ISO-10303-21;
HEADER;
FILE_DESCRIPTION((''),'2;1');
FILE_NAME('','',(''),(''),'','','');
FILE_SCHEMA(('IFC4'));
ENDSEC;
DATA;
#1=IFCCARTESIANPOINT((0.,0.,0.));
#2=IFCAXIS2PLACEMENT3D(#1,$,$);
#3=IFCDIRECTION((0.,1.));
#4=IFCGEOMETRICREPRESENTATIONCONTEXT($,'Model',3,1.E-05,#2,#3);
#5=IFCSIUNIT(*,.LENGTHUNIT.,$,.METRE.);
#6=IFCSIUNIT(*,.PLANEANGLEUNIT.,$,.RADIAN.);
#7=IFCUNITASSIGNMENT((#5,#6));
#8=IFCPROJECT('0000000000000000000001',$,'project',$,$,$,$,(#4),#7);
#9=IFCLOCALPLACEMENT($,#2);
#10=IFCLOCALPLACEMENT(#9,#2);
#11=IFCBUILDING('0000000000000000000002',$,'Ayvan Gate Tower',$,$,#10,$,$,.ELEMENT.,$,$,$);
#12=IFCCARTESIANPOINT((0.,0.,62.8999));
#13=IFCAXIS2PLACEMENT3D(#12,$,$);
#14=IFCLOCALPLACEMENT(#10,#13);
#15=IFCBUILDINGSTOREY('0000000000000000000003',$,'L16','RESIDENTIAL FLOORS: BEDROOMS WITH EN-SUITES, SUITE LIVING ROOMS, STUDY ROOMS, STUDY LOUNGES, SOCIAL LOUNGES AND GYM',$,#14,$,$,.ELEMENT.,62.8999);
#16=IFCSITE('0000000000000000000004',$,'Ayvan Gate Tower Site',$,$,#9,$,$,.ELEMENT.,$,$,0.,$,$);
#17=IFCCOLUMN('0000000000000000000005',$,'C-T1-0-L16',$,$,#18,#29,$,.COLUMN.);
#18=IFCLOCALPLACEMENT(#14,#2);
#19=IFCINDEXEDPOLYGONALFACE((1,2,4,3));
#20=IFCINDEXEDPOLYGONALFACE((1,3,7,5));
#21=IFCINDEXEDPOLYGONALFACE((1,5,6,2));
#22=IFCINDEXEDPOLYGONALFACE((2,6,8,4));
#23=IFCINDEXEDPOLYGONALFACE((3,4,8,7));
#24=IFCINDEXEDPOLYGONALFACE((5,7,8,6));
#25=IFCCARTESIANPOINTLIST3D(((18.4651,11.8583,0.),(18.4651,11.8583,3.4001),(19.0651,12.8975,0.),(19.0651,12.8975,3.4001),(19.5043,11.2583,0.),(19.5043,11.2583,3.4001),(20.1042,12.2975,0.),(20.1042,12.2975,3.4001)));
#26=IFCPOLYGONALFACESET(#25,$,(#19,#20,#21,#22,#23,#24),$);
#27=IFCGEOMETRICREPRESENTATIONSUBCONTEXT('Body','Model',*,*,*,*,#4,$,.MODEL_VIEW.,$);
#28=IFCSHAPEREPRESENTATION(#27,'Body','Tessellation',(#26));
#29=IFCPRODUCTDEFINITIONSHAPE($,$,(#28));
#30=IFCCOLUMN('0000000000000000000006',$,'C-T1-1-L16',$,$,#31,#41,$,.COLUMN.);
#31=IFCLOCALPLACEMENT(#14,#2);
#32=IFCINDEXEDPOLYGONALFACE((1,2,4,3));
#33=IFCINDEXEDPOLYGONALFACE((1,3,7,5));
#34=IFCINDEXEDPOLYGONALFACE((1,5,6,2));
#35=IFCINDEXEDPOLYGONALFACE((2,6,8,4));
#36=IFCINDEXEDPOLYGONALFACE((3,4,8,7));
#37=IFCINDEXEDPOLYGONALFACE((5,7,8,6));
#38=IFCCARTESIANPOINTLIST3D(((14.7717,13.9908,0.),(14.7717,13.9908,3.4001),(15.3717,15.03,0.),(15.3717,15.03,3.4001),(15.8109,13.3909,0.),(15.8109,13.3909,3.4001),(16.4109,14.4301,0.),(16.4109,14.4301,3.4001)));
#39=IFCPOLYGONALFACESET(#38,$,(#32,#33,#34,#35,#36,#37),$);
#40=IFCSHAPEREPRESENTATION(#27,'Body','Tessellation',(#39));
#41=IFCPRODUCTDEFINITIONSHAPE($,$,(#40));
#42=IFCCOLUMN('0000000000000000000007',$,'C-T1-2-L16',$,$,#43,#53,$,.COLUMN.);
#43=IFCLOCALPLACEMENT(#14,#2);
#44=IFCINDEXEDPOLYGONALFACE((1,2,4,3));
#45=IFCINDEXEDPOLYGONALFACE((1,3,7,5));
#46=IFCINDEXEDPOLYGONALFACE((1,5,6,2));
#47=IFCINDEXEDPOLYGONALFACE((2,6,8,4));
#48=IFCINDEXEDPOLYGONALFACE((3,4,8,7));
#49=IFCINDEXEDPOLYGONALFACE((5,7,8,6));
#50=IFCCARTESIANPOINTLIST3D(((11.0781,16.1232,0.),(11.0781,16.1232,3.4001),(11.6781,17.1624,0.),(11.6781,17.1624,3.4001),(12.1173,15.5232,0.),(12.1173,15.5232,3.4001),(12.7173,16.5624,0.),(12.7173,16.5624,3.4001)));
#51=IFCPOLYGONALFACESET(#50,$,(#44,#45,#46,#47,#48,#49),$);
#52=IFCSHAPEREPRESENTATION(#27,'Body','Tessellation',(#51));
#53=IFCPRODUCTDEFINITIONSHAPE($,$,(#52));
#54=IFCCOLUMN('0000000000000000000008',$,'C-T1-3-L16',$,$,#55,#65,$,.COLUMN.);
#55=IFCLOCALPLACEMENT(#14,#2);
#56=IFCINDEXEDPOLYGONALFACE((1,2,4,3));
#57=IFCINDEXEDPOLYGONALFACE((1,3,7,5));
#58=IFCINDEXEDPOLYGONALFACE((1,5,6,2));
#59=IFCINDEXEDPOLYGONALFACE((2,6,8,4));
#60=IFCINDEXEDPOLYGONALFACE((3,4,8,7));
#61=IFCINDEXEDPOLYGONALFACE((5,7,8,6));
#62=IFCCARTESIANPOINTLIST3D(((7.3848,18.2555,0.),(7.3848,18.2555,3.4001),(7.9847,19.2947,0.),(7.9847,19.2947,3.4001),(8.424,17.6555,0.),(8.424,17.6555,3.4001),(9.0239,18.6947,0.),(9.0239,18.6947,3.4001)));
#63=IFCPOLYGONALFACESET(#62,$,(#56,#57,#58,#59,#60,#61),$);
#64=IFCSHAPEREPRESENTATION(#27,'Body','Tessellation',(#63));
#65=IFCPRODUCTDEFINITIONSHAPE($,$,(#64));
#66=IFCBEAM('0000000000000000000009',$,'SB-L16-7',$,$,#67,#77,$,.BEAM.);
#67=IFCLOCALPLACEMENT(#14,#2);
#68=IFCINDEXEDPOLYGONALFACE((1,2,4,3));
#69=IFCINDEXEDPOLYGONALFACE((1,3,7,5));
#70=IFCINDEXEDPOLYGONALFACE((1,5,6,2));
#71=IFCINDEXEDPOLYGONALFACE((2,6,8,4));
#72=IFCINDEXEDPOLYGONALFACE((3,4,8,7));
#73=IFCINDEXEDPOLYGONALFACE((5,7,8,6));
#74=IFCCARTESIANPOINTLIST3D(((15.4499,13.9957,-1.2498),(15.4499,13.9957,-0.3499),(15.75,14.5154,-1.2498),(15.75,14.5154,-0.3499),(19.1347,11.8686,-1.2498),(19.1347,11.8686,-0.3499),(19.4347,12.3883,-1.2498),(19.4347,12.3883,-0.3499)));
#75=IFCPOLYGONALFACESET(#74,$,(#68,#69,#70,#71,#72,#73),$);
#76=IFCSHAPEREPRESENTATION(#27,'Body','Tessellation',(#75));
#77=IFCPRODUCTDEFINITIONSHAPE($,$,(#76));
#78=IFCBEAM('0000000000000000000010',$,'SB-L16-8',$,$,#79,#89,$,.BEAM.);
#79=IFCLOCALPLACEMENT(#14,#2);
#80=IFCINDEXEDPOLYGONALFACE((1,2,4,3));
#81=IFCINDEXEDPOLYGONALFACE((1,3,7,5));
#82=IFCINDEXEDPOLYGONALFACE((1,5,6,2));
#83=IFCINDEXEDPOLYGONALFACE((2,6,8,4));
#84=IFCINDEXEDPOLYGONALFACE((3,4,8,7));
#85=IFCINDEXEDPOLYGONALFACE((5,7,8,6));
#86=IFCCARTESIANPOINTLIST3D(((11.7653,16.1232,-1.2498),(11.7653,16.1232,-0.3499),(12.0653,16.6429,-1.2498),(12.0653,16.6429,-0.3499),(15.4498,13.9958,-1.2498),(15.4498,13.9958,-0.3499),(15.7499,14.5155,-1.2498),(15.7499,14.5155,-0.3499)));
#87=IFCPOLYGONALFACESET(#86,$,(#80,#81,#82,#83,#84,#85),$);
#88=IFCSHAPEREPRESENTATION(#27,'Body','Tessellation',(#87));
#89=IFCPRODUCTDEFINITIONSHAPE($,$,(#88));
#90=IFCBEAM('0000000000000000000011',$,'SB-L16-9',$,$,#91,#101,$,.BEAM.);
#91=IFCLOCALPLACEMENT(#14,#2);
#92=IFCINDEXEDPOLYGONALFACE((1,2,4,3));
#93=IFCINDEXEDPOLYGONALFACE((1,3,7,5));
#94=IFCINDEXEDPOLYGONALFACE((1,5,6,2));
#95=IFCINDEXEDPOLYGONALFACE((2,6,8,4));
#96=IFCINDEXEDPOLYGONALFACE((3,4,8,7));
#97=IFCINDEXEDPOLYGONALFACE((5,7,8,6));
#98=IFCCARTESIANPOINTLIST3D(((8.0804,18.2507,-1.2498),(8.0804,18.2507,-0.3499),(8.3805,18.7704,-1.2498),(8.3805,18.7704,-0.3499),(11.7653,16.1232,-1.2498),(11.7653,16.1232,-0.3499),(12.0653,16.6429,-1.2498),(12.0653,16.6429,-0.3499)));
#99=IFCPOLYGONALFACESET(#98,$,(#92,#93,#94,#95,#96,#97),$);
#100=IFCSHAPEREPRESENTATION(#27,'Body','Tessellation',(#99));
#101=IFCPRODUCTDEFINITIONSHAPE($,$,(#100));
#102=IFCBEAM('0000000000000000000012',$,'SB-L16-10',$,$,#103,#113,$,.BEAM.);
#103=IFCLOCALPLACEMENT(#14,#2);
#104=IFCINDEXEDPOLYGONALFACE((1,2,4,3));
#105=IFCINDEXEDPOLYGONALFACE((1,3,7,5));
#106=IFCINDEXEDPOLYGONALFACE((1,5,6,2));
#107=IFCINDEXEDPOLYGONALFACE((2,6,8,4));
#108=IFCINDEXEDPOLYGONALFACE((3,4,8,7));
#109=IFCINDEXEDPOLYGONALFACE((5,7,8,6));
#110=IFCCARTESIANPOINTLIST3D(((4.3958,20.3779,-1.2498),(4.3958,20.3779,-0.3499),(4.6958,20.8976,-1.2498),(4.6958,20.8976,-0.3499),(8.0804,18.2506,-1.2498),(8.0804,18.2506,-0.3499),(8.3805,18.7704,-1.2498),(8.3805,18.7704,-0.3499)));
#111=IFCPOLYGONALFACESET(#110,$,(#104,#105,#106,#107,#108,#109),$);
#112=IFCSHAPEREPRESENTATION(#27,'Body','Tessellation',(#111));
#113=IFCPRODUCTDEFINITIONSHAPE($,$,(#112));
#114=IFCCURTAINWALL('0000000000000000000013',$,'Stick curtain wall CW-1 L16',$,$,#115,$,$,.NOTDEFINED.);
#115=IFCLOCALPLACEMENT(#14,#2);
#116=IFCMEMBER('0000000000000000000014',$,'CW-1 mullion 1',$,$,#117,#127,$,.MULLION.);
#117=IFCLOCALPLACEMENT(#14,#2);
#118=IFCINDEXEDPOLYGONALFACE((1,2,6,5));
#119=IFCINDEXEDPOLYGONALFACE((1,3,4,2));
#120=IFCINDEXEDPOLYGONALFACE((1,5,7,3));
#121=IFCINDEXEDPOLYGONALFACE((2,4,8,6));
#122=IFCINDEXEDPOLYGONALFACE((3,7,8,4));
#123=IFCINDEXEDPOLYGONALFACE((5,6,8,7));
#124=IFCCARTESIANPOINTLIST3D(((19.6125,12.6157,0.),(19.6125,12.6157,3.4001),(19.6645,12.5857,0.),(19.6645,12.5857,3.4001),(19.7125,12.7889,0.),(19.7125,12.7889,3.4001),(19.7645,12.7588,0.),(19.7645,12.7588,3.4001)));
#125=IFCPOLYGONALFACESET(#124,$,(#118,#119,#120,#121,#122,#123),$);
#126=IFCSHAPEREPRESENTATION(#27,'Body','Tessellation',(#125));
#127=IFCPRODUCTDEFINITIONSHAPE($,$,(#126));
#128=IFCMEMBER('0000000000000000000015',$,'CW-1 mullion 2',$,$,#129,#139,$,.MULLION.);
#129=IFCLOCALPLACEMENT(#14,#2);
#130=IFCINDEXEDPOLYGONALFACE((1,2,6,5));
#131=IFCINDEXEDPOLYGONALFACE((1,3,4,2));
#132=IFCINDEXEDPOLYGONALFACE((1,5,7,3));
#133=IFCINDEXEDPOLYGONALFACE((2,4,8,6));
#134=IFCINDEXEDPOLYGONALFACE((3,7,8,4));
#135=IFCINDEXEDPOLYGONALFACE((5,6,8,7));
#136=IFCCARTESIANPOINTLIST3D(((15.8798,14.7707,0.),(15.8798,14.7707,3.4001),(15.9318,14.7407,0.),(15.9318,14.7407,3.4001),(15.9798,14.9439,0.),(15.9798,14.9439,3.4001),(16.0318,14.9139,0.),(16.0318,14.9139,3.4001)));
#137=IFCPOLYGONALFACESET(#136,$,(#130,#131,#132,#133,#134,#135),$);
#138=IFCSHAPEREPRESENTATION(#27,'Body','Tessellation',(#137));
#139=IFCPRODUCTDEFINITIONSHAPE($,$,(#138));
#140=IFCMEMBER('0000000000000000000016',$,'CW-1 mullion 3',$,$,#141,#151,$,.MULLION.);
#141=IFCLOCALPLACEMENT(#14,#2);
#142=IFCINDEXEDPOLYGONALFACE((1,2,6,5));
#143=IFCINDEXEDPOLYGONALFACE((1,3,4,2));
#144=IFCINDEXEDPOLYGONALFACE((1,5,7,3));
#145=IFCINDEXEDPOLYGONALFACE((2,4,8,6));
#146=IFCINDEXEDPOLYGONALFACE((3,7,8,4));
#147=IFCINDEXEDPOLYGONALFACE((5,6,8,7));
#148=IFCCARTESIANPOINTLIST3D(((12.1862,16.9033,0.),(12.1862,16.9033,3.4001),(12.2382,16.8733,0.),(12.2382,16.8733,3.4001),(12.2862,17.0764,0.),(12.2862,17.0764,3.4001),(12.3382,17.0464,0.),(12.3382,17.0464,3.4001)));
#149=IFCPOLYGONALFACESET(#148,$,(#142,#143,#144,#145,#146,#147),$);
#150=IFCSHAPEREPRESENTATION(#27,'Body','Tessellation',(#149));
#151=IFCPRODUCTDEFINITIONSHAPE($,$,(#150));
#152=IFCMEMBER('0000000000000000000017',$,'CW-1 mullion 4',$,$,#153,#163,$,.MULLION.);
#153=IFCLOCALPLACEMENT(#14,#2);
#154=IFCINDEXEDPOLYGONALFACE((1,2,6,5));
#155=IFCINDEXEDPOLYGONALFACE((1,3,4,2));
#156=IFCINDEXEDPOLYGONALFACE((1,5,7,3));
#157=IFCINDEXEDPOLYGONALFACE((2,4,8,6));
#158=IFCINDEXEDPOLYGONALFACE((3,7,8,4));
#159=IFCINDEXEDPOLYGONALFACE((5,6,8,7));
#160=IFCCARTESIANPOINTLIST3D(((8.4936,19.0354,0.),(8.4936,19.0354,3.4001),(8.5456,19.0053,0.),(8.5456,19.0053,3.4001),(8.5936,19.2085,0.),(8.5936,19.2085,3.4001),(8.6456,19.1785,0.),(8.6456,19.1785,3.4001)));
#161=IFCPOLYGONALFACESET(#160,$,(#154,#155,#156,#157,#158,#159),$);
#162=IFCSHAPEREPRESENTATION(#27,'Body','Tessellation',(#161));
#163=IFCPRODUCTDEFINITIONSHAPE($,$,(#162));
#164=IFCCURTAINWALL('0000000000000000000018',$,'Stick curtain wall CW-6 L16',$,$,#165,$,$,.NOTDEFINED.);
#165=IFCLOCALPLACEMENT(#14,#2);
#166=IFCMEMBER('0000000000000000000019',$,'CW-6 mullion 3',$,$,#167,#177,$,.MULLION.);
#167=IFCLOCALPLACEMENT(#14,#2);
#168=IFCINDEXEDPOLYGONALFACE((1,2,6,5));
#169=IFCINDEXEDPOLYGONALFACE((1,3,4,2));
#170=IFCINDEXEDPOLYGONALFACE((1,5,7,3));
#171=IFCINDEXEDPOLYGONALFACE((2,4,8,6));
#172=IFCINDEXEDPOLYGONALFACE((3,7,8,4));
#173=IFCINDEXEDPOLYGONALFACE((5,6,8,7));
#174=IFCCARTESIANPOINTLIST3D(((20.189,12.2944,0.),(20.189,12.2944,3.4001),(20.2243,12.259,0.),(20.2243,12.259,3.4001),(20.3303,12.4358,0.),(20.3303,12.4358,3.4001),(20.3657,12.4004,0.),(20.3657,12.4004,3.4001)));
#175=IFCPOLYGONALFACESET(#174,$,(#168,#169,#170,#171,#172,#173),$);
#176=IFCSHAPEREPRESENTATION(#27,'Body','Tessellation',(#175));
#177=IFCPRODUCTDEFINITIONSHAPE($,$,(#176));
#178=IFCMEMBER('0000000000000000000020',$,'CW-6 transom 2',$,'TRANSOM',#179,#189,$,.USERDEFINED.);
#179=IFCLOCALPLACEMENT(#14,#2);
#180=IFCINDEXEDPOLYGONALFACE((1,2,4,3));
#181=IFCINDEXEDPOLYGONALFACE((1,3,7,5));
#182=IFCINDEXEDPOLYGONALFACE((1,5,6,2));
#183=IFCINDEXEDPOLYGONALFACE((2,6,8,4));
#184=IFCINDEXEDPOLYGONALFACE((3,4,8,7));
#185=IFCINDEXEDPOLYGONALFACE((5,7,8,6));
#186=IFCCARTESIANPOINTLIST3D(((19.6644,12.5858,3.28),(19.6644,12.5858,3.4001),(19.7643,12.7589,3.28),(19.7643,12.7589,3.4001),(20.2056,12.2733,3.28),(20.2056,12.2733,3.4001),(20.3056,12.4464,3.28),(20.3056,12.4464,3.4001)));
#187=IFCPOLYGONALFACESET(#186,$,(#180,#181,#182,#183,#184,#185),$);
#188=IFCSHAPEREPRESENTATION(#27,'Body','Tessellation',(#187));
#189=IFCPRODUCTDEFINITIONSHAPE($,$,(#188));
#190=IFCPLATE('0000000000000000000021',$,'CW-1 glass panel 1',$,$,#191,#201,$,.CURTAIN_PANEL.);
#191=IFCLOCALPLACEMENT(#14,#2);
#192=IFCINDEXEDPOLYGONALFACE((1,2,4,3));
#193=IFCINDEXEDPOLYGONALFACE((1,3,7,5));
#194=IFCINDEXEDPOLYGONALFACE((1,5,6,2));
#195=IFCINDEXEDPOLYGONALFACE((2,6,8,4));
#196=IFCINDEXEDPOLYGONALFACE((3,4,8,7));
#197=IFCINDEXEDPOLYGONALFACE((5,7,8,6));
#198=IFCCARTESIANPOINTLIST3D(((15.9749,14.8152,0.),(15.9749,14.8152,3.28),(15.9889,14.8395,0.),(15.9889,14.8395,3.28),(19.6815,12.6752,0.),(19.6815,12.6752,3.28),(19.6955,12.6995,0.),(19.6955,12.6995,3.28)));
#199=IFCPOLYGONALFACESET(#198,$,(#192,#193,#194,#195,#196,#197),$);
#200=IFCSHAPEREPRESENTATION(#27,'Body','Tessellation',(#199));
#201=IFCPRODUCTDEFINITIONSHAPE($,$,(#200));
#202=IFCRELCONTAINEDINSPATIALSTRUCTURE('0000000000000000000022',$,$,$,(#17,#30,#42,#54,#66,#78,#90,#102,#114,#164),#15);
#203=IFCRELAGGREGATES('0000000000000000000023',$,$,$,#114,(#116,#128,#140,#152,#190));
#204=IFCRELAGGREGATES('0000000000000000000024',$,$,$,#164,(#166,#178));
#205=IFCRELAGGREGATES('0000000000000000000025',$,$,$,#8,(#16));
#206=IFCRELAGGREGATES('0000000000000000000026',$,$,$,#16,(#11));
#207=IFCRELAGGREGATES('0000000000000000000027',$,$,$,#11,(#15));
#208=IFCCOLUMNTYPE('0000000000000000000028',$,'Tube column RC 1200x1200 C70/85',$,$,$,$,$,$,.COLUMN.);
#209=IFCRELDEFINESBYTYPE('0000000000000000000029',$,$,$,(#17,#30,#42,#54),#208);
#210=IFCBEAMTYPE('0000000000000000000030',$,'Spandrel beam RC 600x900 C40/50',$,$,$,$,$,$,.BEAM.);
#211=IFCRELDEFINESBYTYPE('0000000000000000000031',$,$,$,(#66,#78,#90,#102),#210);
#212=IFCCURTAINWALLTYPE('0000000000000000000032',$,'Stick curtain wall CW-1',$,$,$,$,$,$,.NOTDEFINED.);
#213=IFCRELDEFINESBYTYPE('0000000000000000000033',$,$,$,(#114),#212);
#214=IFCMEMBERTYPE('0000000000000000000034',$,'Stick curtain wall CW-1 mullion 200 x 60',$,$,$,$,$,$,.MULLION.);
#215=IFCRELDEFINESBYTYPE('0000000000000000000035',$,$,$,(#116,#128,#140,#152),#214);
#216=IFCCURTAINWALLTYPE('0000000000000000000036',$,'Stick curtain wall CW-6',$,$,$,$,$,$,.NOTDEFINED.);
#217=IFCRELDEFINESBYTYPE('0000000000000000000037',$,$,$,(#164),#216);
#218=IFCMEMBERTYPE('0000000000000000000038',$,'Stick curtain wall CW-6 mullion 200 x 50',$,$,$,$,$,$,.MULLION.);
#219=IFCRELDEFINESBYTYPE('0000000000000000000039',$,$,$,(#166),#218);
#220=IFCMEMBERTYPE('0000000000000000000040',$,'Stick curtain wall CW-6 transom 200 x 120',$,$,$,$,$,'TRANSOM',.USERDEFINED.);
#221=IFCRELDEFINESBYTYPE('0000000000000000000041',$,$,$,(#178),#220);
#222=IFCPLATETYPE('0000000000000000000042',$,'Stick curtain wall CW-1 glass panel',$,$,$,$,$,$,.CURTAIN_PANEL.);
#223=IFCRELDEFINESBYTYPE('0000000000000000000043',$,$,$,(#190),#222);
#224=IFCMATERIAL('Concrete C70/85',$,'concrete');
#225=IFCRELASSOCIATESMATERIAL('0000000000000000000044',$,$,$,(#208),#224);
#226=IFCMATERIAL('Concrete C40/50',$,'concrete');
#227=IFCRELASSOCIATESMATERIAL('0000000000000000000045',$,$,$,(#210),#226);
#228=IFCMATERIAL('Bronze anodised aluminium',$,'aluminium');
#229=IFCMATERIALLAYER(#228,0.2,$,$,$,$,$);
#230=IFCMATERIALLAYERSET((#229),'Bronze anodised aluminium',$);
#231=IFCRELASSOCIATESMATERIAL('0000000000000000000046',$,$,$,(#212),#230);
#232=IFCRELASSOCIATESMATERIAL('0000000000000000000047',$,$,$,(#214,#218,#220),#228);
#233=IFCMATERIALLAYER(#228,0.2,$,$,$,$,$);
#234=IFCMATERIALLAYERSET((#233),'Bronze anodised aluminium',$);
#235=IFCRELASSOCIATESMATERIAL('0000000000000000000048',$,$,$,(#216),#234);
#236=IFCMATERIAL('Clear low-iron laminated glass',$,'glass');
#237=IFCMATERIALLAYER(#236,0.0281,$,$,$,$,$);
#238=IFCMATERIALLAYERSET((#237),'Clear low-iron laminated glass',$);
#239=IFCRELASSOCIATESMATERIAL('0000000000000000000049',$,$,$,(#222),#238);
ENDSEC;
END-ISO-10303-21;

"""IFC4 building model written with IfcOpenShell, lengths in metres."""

from ifc_helpers import new_model, si_unit, direction, frame, origin, origin_2d, place, context, subcontext, project, spatial, rectangle, extrude, material, layer, layer_set, material_profile, profile_set, type_object, element, aggregate, save


model = new_model("IFC4")

# Units and contexts
model_context = context("Model", 3, precision=1e-05, world=origin(), true_north=direction((0.0, 1.0)))
body_context = subcontext(model_context, "Body", "Model", "MODEL_VIEW")
ifc_project = project(units=[si_unit("LENGTHUNIT", "METRE"), si_unit("PLANEANGLEUNIT", "RADIAN")], contexts=[model_context])

# Site, building, storey
site_placement = place(None, origin())
site = spatial("IfcSite", under=ifc_project, at=site_placement, Name="Ayvan Gate Tower Site", CompositionType="ELEMENT", RefElevation=0.0)
building_placement = place(site_placement, origin())
building = spatial("IfcBuilding", under=site, at=building_placement, Name="Ayvan Gate Tower", CompositionType="ELEMENT")
storey_placement = place(building_placement, frame((0.0, 0.0, 62.8999)))
storey = spatial("IfcBuildingStorey", under=building, at=storey_placement, Name="L16", Description="RESIDENTIAL FLOORS: BEDROOMS WITH EN-SUITES, SUITE LIVING ROOMS, STUDY ROOMS, STUDY LOUNGES, SOCIAL LOUNGES AND GYM", CompositionType="ELEMENT", Elevation=62.8999)

# Columns
ifc_material_1 = material(Name="Concrete C70/85", Category="concrete")
ifc_material_profile_1 = material_profile(ifc_material_1, rectangle(XDim=1.2, YDim=1.2, at=origin_2d()), Name="RC 1200x1200")
ifc_profile_set_1 = profile_set([ifc_material_profile_1], Name="Concrete C70/85")
column_type = type_object("IfcColumnType", Name="Tube column RC 1200x1200 C70/85", PredefinedType="COLUMN", material=ifc_profile_set_1)
for number, where, z_axis, x_axis, name in (
    (1, (19.2847, 12.0779, 0.0), (0.0, 0.0, 1.0), (0.5, 0.866025, 0.0), "C-T1-0-L16"),
    (2, (15.5913, 14.2104, 0.0), (0.0, 0.0, 1.0), (0.5, 0.866025, 0.0), "C-T1-1-L16"),
    (3, (11.8977, 16.3428, 0.0), (0.0, 0.0, 1.0), (0.5, 0.866025, 0.0), "C-T1-2-L16"),
    (4, (8.2043, 18.4751, 0.0), (0.0, 0.0, 1.0), (0.5, 0.866025, 0.0), "C-T1-3-L16"),
):
    element("IfcColumn", number, at=place(storey_placement, frame(where, z_axis=z_axis, x_axis=x_axis)), inside=storey, type_object=column_type, Name=name, PredefinedType="COLUMN", context=body_context, shape_type="SweptSolid", body=[
        extrude(rectangle(XDim=1.2, YDim=1.2, at=origin_2d()), origin(), (0.0, 0.0, 1.0), 3.4001),
    ])

# Beams
ifc_material_2 = material(Name="Concrete C40/50", Category="concrete")
ifc_material_profile_2 = material_profile(ifc_material_2, rectangle(XDim=0.6001, YDim=0.8999, at=origin_2d()), Name="RC 600x900")
ifc_profile_set_2 = profile_set([ifc_material_profile_2], Name="Concrete C40/50")
beam_type = type_object("IfcBeamType", Name="Spandrel beam RC 600x900 C40/50", PredefinedType="BEAM", material=ifc_profile_set_2)
for number, where, z_axis, x_axis, name in (
    (5, (19.2847, 12.1284, -0.7998), (-0.866049, 0.499959, 0.0), (-0.499959, -0.866049, 0.0), "SB-L16-7"),
    (6, (15.5999, 14.2556, -0.7998), (-0.86601, 0.500027, 0.0), (-0.500027, -0.86601, 0.0), "SB-L16-8"),
):
    element("IfcBeam", number, at=place(storey_placement, frame(where, z_axis=z_axis, x_axis=x_axis)), inside=storey, type_object=beam_type, Name=name, PredefinedType="BEAM", context=body_context, shape_type="SweptSolid", body=[
        extrude(rectangle(XDim=0.6001, YDim=0.8999, at=origin_2d()), origin(), (0.0, 0.0, 1.0), 4.2546),
    ])
beam_1_placement = place(storey_placement, frame((11.9153, 16.3831, -0.7998), z_axis=(-0.866024, 0.500002, 0.0), x_axis=(-0.500002, -0.866024, 0.0)))
element("IfcBeam", 7, at=beam_1_placement, inside=storey, type_object=beam_type, Name="SB-L16-9", PredefinedType="BEAM", context=body_context, shape_type="SweptSolid", body=[
    extrude(rectangle(XDim=0.6001, YDim=0.8999, at=origin_2d()), origin(), (0.0, 0.0, 1.0), 4.2549),
])
beam_2_placement = place(storey_placement, frame((8.2305, 18.5105, -0.7998), z_axis=(-0.866035, 0.499984, 0.0), x_axis=(-0.499984, -0.866035, 0.0)))
element("IfcBeam", 8, at=beam_2_placement, inside=storey, type_object=beam_type, Name="SB-L16-10", PredefinedType="BEAM", context=body_context, shape_type="SweptSolid", body=[
    extrude(rectangle(XDim=0.6001, YDim=0.8999, at=origin_2d()), origin(), (0.0, 0.0, 1.0), 4.2546),
])

# Curtain walls, members
ifc_material_3 = material(Name="Bronze anodised aluminium", Category="aluminium")
ifc_layer_1 = layer(ifc_material_3, 0.2)
ifc_layer_set_1 = layer_set([ifc_layer_1], Name="Bronze anodised aluminium")
curtain_wall_type_1 = type_object("IfcCurtainWallType", Name="Stick curtain wall CW-1", PredefinedType="NOTDEFINED", material=ifc_layer_set_1)
curtain_wall_1_placement = place(storey_placement, origin())
curtain_wall_1 = element("IfcCurtainWall", 9, at=curtain_wall_1_placement, inside=storey, type_object=curtain_wall_type_1, Name="Stick curtain wall CW-1 L16", PredefinedType="NOTDEFINED")
ifc_material_profile_3 = material_profile(ifc_material_3, rectangle(XDim=0.2, YDim=0.0601, at=origin_2d()), Name="Stick curtain wall CW-1 mullion 200 x 60")
ifc_profile_set_3 = profile_set([ifc_material_profile_3], Name="Bronze anodised aluminium")
member_type_1 = type_object("IfcMemberType", Name="Stick curtain wall CW-1 mullion 200 x 60", PredefinedType="MULLION", material=ifc_profile_set_3)
member_1_placement = place(storey_placement, frame((19.6885, 12.6873, 0.0), z_axis=(0.0, 0.0, 1.0), x_axis=(0.5, 0.866025, 0.0)))
member_1 = element("IfcMember", 10, at=member_1_placement, type_object=member_type_1, Name="CW-1 mullion 1", PredefinedType="MULLION", context=body_context, shape_type="SweptSolid", body=[
    extrude(rectangle(XDim=0.2, YDim=0.0601, at=origin_2d()), origin(), (0.0, 0.0, 1.0), 3.4001),
])
member_2_placement = place(storey_placement, frame((15.9558, 14.8423, 0.0), z_axis=(0.0, 0.0, 1.0), x_axis=(0.5, 0.866025, 0.0)))
member_2 = element("IfcMember", 11, at=member_2_placement, type_object=member_type_1, Name="CW-1 mullion 2", PredefinedType="MULLION", context=body_context, shape_type="SweptSolid", body=[
    extrude(rectangle(XDim=0.2, YDim=0.0601, at=origin_2d()), origin(), (0.0, 0.0, 1.0), 3.4001),
])
member_3_placement = place(storey_placement, frame((12.2622, 16.9749, 0.0), z_axis=(0.0, 0.0, 1.0), x_axis=(0.5, 0.866025, 0.0)))
member_3 = element("IfcMember", 12, at=member_3_placement, type_object=member_type_1, Name="CW-1 mullion 3", PredefinedType="MULLION", context=body_context, shape_type="SweptSolid", body=[
    extrude(rectangle(XDim=0.2, YDim=0.0601, at=origin_2d()), origin(), (0.0, 0.0, 1.0), 3.4001),
])
member_4_placement = place(storey_placement, frame((8.5696, 19.1069, 0.0), z_axis=(0.0, 0.0, 1.0), x_axis=(0.5, 0.866025, 0.0)))
member_4 = element("IfcMember", 13, at=member_4_placement, type_object=member_type_1, Name="CW-1 mullion 4", PredefinedType="MULLION", context=body_context, shape_type="SweptSolid", body=[
    extrude(rectangle(XDim=0.2, YDim=0.0601, at=origin_2d()), origin(), (0.0, 0.0, 1.0), 3.4001),
])
ifc_layer_2 = layer(ifc_material_3, 0.2)
ifc_layer_set_2 = layer_set([ifc_layer_2], Name="Bronze anodised aluminium")
curtain_wall_type_2 = type_object("IfcCurtainWallType", Name="Stick curtain wall CW-6", PredefinedType="NOTDEFINED", material=ifc_layer_set_2)
curtain_wall_2_placement = place(storey_placement, origin())
curtain_wall_2 = element("IfcCurtainWall", 14, at=curtain_wall_2_placement, inside=storey, type_object=curtain_wall_type_2, Name="Stick curtain wall CW-6 L16", PredefinedType="NOTDEFINED")
ifc_material_profile_4 = material_profile(ifc_material_3, rectangle(XDim=0.2, YDim=0.05, at=origin_2d()), Name="Stick curtain wall CW-6 mullion 200 x 50")
ifc_profile_set_4 = profile_set([ifc_material_profile_4], Name="Bronze anodised aluminium")
member_type_2 = type_object("IfcMemberType", Name="Stick curtain wall CW-6 mullion 200 x 50", PredefinedType="MULLION", material=ifc_profile_set_4)
member_5_placement = place(storey_placement, frame((20.2773, 12.3474, 0.0), z_axis=(0.0, 0.0, 1.0), x_axis=(0.707107, 0.707107, 0.0)))
member_5 = element("IfcMember", 15, at=member_5_placement, type_object=member_type_2, Name="CW-6 mullion 3", PredefinedType="MULLION", context=body_context, shape_type="SweptSolid", body=[
    extrude(rectangle(XDim=0.2, YDim=0.05, at=origin_2d()), origin(), (0.0, 0.0, 1.0), 3.4001),
])
ifc_material_profile_5 = material_profile(ifc_material_3, rectangle(XDim=0.2, YDim=0.1201, at=origin_2d()), Name="Stick curtain wall CW-6 transom 200 x 120")
ifc_profile_set_5 = profile_set([ifc_material_profile_5], Name="Bronze anodised aluminium")
member_type_3 = type_object("IfcMemberType", Name="Stick curtain wall CW-6 transom 200 x 120", ElementType="TRANSOM", PredefinedType="USERDEFINED", material=ifc_profile_set_5)
member_6_placement = place(storey_placement, frame((20.2556, 12.3599, 3.3401), z_axis=(-0.866023, 0.500004, 0.0), x_axis=(-0.500004, -0.866023, 0.0)))
member_6 = element("IfcMember", 16, at=member_6_placement, type_object=member_type_3, Name="CW-6 transom 2", ObjectType="TRANSOM", PredefinedType="USERDEFINED", context=body_context, shape_type="SweptSolid", body=[
    extrude(rectangle(XDim=0.2, YDim=0.1201, at=origin_2d()), origin(), (0.0, 0.0, 1.0), 0.625),
])

# Plate
ifc_material_4 = material(Name="Clear low-iron laminated glass", Category="glass")
ifc_layer_3 = layer(ifc_material_4, 0.0281)
ifc_layer_set_3 = layer_set([ifc_layer_3], Name="Clear low-iron laminated glass")
plate_type_1 = type_object("IfcPlateType", Name="Stick curtain wall CW-1 glass panel", PredefinedType="CURTAIN_PANEL", material=ifc_layer_set_3)
plate_1_placement = place(storey_placement, frame((17.8352, 13.7573, 0.0), z_axis=(0.0, 0.0, 1.0), x_axis=(-0.866025, 0.5, 0.0)))
plate_1 = element("IfcPlate", 17, at=plate_1_placement, type_object=plate_type_1, Name="CW-1 glass panel 1", PredefinedType="CURTAIN_PANEL", context=body_context, shape_type="SweptSolid", body=[
    extrude(rectangle(XDim=4.28, YDim=0.0281, at=origin_2d()), origin(), (0.0, 0.0, 1.0), 3.28),
])
aggregate(curtain_wall_1, [member_1, member_2, member_3, member_4, plate_1])
aggregate(curtain_wall_2, [member_5, member_6])

save(model, "model.ifc")
